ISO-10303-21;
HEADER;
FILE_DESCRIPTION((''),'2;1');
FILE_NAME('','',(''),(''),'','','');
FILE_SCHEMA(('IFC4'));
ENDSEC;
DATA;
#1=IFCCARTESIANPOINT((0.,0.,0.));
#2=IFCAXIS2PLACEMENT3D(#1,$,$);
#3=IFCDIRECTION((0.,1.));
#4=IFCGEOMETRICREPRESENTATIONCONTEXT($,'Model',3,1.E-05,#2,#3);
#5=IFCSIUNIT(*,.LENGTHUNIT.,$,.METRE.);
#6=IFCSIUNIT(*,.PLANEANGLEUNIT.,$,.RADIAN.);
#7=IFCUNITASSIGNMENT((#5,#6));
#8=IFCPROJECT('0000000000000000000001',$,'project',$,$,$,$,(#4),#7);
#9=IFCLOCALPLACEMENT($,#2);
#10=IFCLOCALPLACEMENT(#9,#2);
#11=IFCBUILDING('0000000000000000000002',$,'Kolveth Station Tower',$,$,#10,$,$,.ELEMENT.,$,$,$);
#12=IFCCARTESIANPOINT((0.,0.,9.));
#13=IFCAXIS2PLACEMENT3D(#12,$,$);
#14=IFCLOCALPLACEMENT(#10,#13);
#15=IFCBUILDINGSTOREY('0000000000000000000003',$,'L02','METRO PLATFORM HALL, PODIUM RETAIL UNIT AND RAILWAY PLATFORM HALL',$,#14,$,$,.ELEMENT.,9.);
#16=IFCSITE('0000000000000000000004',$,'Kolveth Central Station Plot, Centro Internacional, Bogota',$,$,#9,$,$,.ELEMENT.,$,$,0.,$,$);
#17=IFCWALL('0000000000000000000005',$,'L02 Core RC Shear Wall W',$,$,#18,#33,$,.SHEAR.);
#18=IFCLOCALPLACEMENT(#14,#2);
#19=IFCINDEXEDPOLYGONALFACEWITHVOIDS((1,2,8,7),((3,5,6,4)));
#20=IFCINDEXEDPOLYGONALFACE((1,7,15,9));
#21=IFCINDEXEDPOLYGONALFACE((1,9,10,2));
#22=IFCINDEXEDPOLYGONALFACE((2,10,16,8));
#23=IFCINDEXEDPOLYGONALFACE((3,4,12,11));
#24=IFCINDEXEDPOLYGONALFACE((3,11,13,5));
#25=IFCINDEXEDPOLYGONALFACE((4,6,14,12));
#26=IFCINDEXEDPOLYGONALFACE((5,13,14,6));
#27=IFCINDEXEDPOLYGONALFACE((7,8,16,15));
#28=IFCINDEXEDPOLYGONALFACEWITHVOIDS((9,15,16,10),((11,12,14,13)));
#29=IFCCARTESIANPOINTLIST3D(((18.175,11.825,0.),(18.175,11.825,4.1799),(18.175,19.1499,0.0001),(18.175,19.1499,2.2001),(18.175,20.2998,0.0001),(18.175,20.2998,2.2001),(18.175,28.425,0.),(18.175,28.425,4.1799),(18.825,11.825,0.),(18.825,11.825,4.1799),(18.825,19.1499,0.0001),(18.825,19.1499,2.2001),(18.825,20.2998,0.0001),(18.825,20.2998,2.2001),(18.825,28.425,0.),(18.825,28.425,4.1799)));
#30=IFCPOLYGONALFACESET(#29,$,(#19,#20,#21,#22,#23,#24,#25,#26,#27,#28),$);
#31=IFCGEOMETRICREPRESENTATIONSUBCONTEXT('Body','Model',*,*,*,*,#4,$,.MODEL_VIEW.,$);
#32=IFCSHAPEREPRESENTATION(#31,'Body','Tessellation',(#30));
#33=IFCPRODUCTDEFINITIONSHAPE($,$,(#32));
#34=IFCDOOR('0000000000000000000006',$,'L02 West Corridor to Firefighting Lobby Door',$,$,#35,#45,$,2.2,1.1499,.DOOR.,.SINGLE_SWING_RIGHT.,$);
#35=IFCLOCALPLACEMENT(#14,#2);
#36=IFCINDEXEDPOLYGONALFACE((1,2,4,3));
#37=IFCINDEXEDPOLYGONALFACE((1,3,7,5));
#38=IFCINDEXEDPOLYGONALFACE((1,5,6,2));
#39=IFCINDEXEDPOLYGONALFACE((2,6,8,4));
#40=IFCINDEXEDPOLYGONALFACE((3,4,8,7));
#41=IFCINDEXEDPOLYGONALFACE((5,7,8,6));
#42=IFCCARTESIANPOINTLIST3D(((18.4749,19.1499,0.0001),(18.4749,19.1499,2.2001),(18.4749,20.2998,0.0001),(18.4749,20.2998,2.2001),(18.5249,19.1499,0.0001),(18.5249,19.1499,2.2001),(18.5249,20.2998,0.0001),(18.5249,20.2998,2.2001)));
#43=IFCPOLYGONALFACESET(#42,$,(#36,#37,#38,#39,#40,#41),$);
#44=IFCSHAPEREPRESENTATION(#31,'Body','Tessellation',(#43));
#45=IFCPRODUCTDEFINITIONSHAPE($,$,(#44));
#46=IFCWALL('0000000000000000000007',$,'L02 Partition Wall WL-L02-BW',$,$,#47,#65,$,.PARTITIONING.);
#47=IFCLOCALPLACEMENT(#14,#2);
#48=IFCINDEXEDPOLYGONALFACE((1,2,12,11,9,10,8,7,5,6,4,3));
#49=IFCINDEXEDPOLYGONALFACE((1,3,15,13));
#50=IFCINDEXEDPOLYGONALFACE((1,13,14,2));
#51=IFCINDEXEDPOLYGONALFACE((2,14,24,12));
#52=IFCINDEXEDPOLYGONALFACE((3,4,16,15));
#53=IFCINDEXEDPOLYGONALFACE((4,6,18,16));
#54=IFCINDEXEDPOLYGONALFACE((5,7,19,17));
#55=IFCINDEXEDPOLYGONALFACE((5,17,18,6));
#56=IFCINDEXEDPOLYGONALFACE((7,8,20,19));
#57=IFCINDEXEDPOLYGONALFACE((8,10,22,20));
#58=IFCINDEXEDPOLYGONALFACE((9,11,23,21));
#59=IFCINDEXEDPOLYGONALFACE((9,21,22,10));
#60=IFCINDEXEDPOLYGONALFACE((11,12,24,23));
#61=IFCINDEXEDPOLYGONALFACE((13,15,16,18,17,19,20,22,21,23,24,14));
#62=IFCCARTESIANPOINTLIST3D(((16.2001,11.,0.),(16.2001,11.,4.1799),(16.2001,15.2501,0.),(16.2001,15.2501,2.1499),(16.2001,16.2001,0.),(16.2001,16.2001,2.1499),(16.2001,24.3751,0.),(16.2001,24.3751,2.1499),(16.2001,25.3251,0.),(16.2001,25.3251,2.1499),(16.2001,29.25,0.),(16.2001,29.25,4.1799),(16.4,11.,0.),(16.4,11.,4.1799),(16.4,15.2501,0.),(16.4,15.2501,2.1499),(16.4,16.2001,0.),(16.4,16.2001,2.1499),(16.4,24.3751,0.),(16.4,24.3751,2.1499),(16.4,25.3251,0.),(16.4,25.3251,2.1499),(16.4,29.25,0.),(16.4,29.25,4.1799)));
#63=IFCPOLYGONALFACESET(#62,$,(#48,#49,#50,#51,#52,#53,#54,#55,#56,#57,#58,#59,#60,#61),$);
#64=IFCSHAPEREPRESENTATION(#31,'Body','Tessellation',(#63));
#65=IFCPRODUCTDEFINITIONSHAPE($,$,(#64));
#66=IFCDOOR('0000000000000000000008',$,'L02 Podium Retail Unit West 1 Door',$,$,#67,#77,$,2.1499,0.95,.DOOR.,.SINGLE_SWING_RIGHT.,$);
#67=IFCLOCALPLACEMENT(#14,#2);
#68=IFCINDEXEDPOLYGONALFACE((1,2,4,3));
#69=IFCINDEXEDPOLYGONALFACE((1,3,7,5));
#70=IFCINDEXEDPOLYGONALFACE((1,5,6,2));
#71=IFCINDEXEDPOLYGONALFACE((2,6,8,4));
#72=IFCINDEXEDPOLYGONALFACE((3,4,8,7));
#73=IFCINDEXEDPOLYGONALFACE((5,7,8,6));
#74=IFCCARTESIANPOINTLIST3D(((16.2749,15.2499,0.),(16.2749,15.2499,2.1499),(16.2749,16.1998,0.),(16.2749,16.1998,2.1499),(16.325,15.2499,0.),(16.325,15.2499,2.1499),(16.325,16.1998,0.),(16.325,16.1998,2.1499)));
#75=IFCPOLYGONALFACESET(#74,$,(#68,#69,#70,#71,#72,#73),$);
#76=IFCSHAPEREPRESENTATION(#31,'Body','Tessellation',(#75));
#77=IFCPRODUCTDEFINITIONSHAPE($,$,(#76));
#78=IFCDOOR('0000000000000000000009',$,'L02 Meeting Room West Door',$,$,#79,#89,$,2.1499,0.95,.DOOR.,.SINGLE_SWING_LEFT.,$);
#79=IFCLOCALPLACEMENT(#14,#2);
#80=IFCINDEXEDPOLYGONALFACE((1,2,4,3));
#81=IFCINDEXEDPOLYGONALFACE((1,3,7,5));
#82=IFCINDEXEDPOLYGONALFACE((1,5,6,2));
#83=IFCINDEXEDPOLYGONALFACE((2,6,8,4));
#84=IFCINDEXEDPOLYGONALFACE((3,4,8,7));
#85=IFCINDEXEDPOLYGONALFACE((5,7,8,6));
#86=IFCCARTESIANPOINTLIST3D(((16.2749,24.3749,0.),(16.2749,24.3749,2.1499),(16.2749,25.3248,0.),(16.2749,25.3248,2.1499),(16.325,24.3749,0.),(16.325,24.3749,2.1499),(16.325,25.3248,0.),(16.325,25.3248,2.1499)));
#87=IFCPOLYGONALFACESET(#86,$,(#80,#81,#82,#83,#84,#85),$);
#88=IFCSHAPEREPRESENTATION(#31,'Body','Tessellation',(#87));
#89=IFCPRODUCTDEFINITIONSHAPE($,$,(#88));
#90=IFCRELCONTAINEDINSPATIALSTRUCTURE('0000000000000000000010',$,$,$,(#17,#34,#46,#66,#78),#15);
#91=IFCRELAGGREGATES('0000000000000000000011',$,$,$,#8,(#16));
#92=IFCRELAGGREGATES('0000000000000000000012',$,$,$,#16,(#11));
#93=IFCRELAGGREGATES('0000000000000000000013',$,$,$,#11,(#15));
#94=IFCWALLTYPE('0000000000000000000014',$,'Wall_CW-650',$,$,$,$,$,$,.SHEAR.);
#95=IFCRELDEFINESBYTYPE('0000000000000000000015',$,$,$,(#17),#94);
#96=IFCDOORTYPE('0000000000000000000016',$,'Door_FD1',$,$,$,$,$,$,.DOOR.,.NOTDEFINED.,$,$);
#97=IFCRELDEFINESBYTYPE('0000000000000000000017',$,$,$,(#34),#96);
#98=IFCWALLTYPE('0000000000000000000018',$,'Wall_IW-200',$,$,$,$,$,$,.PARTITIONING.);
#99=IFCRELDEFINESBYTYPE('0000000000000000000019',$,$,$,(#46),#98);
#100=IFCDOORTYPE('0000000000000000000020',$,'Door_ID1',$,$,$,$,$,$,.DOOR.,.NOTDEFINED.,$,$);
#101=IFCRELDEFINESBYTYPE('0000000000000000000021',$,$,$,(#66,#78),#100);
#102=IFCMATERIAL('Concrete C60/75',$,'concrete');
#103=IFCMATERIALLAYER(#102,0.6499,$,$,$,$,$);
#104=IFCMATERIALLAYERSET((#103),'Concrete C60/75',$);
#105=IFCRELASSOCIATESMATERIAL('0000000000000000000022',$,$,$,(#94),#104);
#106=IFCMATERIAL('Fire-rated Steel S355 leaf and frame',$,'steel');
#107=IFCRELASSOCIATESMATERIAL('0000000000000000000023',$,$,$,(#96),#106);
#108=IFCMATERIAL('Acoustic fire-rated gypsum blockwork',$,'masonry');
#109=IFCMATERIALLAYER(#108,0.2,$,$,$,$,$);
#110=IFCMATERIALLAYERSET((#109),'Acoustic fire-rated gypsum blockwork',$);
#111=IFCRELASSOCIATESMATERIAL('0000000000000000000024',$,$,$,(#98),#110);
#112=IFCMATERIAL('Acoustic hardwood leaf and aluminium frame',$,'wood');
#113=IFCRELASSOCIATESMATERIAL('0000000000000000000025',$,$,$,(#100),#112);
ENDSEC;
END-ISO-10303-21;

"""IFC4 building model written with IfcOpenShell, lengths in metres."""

from ifc_helpers import new_model, si_unit, direction, frame, frame_2d, origin, place, context, subcontext, project, spatial, rectangle, extrude, material, layer, layer_set, type_object, element, fill, save


model = new_model("IFC4")

# Units and contexts
model_context = context("Model", 3, precision=1e-05, world=origin(), true_north=direction((0.0, 1.0)))
body_context = subcontext(model_context, "Body", "Model", "MODEL_VIEW")
ifc_project = project(units=[si_unit("LENGTHUNIT", "METRE"), si_unit("PLANEANGLEUNIT", "RADIAN")], contexts=[model_context])

# Site, building, storey
site_placement = place(None, origin())
site = spatial("IfcSite", under=ifc_project, at=site_placement, Name="Kolveth Central Station Plot, Centro Internacional, Bogota", CompositionType="ELEMENT", RefElevation=0.0)
building_placement = place(site_placement, origin())
building = spatial("IfcBuilding", under=site, at=building_placement, Name="Kolveth Station Tower", CompositionType="ELEMENT")
storey_placement = place(building_placement, frame((0.0, 0.0, 9.0)))
storey = spatial("IfcBuildingStorey", under=building, at=storey_placement, Name="L02", Description="METRO PLATFORM HALL, PODIUM RETAIL UNIT AND RAILWAY PLATFORM HALL", CompositionType="ELEMENT", Elevation=9.0)

# Shared definitions
ifc_material_1 = material(Name="Concrete C60/75", Category="concrete")
ifc_layer_1 = layer(ifc_material_1, 0.6499)
ifc_layer_set_1 = layer_set([ifc_layer_1], Name="Concrete C60/75")
wall_type_1 = type_object("IfcWallType", Name="Wall_CW-650", PredefinedType="SHEAR", material=ifc_layer_set_1)

# Wall, opening, door
wall_1_placement = place(storey_placement, frame((18.5, 11.825, 0.0), z_axis=(0.0, 0.0, 1.0), x_axis=(0.0, 1.0, 0.0)))
wall_1 = element("IfcWall", 1, at=wall_1_placement, inside=storey, type_object=wall_type_1, Name="L02 Core RC Shear Wall W", PredefinedType="SHEAR", context=body_context, shape_type="SweptSolid", body=[
    extrude(rectangle(XDim=16.6001, YDim=0.6499, at=frame_2d((8.3, 0.0))), origin(), (0.0, 0.0, 1.0), 4.1799),
])
opening_1_placement = place(wall_1_placement, frame((7.325, 0.0, 0.0)))
opening_1 = element("IfcOpeningElement", 2, at=opening_1_placement, cuts=wall_1, PredefinedType="OPENING", context=body_context, shape_type="SweptSolid", body=[
    extrude(rectangle(XDim=1.1499, YDim=2.2, at=frame_2d((0.575, 1.1001))), frame((0.0, 0.335, 0.0), z_axis=(0.0, -1.0, 0.0), x_axis=(1.0, 0.0, 0.0)), (0.0, 0.0, 1.0), 0.6699),
])
ifc_material_2 = material(Name="Fire-rated Steel S355 leaf and frame", Category="steel")
door_type_1 = type_object("IfcDoorType", Name="Door_FD1", OperationType="NOTDEFINED", PredefinedType="DOOR", material=ifc_material_2)
door_1_placement = place(opening_1_placement, frame((1.1499, 0.0, 0.0), z_axis=(0.0, 0.0, 1.0), x_axis=(-1.0, 0.0, 0.0)))
door_1 = element("IfcDoor", 3, at=door_1_placement, inside=storey, type_object=door_type_1, Name="L02 West Corridor to Firefighting Lobby Door", OperationType="SINGLE_SWING_RIGHT", OverallHeight=2.2, OverallWidth=1.1499, PredefinedType="DOOR", context=body_context, shape_type="SweptSolid", body=[
    extrude(rectangle(XDim=1.1499, YDim=2.2, at=frame_2d((0.575, 1.1001))), frame((0.0, 0.0249, 0.0), z_axis=(0.0, -1.0, 0.0), x_axis=(1.0, 0.0, 0.0)), (0.0, 0.0, 1.0), 0.05),
])
fill(opening_1, door_1)

# Wall, openings, doors
ifc_material_3 = material(Name="Acoustic fire-rated gypsum blockwork", Category="masonry")
ifc_layer_2 = layer(ifc_material_3, 0.2)
ifc_layer_set_2 = layer_set([ifc_layer_2], Name="Acoustic fire-rated gypsum blockwork")
wall_type_2 = type_object("IfcWallType", Name="Wall_IW-200", PredefinedType="PARTITIONING", material=ifc_layer_set_2)
wall_2_placement = place(storey_placement, frame((16.3, 11.0, 0.0), z_axis=(0.0, 0.0, 1.0), x_axis=(0.0, 1.0, 0.0)))
wall_2 = element("IfcWall", 4, at=wall_2_placement, inside=storey, type_object=wall_type_2, Name="L02 Partition Wall WL-L02-BW", PredefinedType="PARTITIONING", context=body_context, shape_type="SweptSolid", body=[
    extrude(rectangle(XDim=18.25, YDim=0.2, at=frame_2d((9.125, 0.0))), origin(), (0.0, 0.0, 1.0), 4.1799),
])
opening_2_placement = place(wall_2_placement, frame((4.25, 0.0, 0.0)))
opening_2 = element("IfcOpeningElement", 5, at=opening_2_placement, cuts=wall_2, PredefinedType="OPENING", context=body_context, shape_type="SweptSolid", body=[
    extrude(rectangle(XDim=0.95, YDim=2.1499, at=frame_2d((0.4751, 1.075))), frame((0.0, 0.1099, 0.0), z_axis=(0.0, -1.0, 0.0), x_axis=(1.0, 0.0, 0.0)), (0.0, 0.0, 1.0), 0.22),
])
opening_3_placement = place(wall_2_placement, frame((13.375, 0.0, 0.0)))
opening_3 = element("IfcOpeningElement", 6, at=opening_3_placement, cuts=wall_2, PredefinedType="OPENING", context=body_context, shape_type="SweptSolid", body=[
    extrude(rectangle(XDim=0.95, YDim=2.1499, at=frame_2d((0.4751, 1.075))), frame((0.0, 0.1099, 0.0), z_axis=(0.0, -1.0, 0.0), x_axis=(1.0, 0.0, 0.0)), (0.0, 0.0, 1.0), 0.22),
])
ifc_material_4 = material(Name="Acoustic hardwood leaf and aluminium frame", Category="wood")
door_type_2 = type_object("IfcDoorType", Name="Door_ID1", OperationType="NOTDEFINED", PredefinedType="DOOR", material=ifc_material_4)
door_2_placement = place(opening_2_placement, frame((0.95, 0.0, 0.0), z_axis=(0.0, 0.0, 1.0), x_axis=(-1.0, 0.0, 0.0)))
door_2 = element("IfcDoor", 7, at=door_2_placement, inside=storey, type_object=door_type_2, Name="L02 Podium Retail Unit West 1 Door", OperationType="SINGLE_SWING_RIGHT", OverallHeight=2.1499, OverallWidth=0.95, PredefinedType="DOOR", context=body_context, shape_type="SweptSolid", body=[
    extrude(rectangle(XDim=0.95, YDim=2.1499, at=frame_2d((0.4751, 1.075))), frame((0.0, 0.0249, 0.0), z_axis=(0.0, -1.0, 0.0), x_axis=(1.0, 0.0, 0.0)), (0.0, 0.0, 1.0), 0.05),
])
fill(opening_2, door_2)
door_3_placement = place(opening_3_placement, frame((0.95, 0.0, 0.0), z_axis=(0.0, 0.0, 1.0), x_axis=(-1.0, 0.0, 0.0)))
door_3 = element("IfcDoor", 8, at=door_3_placement, inside=storey, type_object=door_type_2, Name="L02 Meeting Room West Door", OperationType="SINGLE_SWING_LEFT", OverallHeight=2.1499, OverallWidth=0.95, PredefinedType="DOOR", context=body_context, shape_type="SweptSolid", body=[
    extrude(rectangle(XDim=0.95, YDim=2.1499, at=frame_2d((0.4751, 1.075))), frame((0.0, 0.0249, 0.0), z_axis=(0.0, -1.0, 0.0), x_axis=(1.0, 0.0, 0.0)), (0.0, 0.0, 1.0), 0.05),
])
fill(opening_3, door_3)

save(model, "model.ifc")
